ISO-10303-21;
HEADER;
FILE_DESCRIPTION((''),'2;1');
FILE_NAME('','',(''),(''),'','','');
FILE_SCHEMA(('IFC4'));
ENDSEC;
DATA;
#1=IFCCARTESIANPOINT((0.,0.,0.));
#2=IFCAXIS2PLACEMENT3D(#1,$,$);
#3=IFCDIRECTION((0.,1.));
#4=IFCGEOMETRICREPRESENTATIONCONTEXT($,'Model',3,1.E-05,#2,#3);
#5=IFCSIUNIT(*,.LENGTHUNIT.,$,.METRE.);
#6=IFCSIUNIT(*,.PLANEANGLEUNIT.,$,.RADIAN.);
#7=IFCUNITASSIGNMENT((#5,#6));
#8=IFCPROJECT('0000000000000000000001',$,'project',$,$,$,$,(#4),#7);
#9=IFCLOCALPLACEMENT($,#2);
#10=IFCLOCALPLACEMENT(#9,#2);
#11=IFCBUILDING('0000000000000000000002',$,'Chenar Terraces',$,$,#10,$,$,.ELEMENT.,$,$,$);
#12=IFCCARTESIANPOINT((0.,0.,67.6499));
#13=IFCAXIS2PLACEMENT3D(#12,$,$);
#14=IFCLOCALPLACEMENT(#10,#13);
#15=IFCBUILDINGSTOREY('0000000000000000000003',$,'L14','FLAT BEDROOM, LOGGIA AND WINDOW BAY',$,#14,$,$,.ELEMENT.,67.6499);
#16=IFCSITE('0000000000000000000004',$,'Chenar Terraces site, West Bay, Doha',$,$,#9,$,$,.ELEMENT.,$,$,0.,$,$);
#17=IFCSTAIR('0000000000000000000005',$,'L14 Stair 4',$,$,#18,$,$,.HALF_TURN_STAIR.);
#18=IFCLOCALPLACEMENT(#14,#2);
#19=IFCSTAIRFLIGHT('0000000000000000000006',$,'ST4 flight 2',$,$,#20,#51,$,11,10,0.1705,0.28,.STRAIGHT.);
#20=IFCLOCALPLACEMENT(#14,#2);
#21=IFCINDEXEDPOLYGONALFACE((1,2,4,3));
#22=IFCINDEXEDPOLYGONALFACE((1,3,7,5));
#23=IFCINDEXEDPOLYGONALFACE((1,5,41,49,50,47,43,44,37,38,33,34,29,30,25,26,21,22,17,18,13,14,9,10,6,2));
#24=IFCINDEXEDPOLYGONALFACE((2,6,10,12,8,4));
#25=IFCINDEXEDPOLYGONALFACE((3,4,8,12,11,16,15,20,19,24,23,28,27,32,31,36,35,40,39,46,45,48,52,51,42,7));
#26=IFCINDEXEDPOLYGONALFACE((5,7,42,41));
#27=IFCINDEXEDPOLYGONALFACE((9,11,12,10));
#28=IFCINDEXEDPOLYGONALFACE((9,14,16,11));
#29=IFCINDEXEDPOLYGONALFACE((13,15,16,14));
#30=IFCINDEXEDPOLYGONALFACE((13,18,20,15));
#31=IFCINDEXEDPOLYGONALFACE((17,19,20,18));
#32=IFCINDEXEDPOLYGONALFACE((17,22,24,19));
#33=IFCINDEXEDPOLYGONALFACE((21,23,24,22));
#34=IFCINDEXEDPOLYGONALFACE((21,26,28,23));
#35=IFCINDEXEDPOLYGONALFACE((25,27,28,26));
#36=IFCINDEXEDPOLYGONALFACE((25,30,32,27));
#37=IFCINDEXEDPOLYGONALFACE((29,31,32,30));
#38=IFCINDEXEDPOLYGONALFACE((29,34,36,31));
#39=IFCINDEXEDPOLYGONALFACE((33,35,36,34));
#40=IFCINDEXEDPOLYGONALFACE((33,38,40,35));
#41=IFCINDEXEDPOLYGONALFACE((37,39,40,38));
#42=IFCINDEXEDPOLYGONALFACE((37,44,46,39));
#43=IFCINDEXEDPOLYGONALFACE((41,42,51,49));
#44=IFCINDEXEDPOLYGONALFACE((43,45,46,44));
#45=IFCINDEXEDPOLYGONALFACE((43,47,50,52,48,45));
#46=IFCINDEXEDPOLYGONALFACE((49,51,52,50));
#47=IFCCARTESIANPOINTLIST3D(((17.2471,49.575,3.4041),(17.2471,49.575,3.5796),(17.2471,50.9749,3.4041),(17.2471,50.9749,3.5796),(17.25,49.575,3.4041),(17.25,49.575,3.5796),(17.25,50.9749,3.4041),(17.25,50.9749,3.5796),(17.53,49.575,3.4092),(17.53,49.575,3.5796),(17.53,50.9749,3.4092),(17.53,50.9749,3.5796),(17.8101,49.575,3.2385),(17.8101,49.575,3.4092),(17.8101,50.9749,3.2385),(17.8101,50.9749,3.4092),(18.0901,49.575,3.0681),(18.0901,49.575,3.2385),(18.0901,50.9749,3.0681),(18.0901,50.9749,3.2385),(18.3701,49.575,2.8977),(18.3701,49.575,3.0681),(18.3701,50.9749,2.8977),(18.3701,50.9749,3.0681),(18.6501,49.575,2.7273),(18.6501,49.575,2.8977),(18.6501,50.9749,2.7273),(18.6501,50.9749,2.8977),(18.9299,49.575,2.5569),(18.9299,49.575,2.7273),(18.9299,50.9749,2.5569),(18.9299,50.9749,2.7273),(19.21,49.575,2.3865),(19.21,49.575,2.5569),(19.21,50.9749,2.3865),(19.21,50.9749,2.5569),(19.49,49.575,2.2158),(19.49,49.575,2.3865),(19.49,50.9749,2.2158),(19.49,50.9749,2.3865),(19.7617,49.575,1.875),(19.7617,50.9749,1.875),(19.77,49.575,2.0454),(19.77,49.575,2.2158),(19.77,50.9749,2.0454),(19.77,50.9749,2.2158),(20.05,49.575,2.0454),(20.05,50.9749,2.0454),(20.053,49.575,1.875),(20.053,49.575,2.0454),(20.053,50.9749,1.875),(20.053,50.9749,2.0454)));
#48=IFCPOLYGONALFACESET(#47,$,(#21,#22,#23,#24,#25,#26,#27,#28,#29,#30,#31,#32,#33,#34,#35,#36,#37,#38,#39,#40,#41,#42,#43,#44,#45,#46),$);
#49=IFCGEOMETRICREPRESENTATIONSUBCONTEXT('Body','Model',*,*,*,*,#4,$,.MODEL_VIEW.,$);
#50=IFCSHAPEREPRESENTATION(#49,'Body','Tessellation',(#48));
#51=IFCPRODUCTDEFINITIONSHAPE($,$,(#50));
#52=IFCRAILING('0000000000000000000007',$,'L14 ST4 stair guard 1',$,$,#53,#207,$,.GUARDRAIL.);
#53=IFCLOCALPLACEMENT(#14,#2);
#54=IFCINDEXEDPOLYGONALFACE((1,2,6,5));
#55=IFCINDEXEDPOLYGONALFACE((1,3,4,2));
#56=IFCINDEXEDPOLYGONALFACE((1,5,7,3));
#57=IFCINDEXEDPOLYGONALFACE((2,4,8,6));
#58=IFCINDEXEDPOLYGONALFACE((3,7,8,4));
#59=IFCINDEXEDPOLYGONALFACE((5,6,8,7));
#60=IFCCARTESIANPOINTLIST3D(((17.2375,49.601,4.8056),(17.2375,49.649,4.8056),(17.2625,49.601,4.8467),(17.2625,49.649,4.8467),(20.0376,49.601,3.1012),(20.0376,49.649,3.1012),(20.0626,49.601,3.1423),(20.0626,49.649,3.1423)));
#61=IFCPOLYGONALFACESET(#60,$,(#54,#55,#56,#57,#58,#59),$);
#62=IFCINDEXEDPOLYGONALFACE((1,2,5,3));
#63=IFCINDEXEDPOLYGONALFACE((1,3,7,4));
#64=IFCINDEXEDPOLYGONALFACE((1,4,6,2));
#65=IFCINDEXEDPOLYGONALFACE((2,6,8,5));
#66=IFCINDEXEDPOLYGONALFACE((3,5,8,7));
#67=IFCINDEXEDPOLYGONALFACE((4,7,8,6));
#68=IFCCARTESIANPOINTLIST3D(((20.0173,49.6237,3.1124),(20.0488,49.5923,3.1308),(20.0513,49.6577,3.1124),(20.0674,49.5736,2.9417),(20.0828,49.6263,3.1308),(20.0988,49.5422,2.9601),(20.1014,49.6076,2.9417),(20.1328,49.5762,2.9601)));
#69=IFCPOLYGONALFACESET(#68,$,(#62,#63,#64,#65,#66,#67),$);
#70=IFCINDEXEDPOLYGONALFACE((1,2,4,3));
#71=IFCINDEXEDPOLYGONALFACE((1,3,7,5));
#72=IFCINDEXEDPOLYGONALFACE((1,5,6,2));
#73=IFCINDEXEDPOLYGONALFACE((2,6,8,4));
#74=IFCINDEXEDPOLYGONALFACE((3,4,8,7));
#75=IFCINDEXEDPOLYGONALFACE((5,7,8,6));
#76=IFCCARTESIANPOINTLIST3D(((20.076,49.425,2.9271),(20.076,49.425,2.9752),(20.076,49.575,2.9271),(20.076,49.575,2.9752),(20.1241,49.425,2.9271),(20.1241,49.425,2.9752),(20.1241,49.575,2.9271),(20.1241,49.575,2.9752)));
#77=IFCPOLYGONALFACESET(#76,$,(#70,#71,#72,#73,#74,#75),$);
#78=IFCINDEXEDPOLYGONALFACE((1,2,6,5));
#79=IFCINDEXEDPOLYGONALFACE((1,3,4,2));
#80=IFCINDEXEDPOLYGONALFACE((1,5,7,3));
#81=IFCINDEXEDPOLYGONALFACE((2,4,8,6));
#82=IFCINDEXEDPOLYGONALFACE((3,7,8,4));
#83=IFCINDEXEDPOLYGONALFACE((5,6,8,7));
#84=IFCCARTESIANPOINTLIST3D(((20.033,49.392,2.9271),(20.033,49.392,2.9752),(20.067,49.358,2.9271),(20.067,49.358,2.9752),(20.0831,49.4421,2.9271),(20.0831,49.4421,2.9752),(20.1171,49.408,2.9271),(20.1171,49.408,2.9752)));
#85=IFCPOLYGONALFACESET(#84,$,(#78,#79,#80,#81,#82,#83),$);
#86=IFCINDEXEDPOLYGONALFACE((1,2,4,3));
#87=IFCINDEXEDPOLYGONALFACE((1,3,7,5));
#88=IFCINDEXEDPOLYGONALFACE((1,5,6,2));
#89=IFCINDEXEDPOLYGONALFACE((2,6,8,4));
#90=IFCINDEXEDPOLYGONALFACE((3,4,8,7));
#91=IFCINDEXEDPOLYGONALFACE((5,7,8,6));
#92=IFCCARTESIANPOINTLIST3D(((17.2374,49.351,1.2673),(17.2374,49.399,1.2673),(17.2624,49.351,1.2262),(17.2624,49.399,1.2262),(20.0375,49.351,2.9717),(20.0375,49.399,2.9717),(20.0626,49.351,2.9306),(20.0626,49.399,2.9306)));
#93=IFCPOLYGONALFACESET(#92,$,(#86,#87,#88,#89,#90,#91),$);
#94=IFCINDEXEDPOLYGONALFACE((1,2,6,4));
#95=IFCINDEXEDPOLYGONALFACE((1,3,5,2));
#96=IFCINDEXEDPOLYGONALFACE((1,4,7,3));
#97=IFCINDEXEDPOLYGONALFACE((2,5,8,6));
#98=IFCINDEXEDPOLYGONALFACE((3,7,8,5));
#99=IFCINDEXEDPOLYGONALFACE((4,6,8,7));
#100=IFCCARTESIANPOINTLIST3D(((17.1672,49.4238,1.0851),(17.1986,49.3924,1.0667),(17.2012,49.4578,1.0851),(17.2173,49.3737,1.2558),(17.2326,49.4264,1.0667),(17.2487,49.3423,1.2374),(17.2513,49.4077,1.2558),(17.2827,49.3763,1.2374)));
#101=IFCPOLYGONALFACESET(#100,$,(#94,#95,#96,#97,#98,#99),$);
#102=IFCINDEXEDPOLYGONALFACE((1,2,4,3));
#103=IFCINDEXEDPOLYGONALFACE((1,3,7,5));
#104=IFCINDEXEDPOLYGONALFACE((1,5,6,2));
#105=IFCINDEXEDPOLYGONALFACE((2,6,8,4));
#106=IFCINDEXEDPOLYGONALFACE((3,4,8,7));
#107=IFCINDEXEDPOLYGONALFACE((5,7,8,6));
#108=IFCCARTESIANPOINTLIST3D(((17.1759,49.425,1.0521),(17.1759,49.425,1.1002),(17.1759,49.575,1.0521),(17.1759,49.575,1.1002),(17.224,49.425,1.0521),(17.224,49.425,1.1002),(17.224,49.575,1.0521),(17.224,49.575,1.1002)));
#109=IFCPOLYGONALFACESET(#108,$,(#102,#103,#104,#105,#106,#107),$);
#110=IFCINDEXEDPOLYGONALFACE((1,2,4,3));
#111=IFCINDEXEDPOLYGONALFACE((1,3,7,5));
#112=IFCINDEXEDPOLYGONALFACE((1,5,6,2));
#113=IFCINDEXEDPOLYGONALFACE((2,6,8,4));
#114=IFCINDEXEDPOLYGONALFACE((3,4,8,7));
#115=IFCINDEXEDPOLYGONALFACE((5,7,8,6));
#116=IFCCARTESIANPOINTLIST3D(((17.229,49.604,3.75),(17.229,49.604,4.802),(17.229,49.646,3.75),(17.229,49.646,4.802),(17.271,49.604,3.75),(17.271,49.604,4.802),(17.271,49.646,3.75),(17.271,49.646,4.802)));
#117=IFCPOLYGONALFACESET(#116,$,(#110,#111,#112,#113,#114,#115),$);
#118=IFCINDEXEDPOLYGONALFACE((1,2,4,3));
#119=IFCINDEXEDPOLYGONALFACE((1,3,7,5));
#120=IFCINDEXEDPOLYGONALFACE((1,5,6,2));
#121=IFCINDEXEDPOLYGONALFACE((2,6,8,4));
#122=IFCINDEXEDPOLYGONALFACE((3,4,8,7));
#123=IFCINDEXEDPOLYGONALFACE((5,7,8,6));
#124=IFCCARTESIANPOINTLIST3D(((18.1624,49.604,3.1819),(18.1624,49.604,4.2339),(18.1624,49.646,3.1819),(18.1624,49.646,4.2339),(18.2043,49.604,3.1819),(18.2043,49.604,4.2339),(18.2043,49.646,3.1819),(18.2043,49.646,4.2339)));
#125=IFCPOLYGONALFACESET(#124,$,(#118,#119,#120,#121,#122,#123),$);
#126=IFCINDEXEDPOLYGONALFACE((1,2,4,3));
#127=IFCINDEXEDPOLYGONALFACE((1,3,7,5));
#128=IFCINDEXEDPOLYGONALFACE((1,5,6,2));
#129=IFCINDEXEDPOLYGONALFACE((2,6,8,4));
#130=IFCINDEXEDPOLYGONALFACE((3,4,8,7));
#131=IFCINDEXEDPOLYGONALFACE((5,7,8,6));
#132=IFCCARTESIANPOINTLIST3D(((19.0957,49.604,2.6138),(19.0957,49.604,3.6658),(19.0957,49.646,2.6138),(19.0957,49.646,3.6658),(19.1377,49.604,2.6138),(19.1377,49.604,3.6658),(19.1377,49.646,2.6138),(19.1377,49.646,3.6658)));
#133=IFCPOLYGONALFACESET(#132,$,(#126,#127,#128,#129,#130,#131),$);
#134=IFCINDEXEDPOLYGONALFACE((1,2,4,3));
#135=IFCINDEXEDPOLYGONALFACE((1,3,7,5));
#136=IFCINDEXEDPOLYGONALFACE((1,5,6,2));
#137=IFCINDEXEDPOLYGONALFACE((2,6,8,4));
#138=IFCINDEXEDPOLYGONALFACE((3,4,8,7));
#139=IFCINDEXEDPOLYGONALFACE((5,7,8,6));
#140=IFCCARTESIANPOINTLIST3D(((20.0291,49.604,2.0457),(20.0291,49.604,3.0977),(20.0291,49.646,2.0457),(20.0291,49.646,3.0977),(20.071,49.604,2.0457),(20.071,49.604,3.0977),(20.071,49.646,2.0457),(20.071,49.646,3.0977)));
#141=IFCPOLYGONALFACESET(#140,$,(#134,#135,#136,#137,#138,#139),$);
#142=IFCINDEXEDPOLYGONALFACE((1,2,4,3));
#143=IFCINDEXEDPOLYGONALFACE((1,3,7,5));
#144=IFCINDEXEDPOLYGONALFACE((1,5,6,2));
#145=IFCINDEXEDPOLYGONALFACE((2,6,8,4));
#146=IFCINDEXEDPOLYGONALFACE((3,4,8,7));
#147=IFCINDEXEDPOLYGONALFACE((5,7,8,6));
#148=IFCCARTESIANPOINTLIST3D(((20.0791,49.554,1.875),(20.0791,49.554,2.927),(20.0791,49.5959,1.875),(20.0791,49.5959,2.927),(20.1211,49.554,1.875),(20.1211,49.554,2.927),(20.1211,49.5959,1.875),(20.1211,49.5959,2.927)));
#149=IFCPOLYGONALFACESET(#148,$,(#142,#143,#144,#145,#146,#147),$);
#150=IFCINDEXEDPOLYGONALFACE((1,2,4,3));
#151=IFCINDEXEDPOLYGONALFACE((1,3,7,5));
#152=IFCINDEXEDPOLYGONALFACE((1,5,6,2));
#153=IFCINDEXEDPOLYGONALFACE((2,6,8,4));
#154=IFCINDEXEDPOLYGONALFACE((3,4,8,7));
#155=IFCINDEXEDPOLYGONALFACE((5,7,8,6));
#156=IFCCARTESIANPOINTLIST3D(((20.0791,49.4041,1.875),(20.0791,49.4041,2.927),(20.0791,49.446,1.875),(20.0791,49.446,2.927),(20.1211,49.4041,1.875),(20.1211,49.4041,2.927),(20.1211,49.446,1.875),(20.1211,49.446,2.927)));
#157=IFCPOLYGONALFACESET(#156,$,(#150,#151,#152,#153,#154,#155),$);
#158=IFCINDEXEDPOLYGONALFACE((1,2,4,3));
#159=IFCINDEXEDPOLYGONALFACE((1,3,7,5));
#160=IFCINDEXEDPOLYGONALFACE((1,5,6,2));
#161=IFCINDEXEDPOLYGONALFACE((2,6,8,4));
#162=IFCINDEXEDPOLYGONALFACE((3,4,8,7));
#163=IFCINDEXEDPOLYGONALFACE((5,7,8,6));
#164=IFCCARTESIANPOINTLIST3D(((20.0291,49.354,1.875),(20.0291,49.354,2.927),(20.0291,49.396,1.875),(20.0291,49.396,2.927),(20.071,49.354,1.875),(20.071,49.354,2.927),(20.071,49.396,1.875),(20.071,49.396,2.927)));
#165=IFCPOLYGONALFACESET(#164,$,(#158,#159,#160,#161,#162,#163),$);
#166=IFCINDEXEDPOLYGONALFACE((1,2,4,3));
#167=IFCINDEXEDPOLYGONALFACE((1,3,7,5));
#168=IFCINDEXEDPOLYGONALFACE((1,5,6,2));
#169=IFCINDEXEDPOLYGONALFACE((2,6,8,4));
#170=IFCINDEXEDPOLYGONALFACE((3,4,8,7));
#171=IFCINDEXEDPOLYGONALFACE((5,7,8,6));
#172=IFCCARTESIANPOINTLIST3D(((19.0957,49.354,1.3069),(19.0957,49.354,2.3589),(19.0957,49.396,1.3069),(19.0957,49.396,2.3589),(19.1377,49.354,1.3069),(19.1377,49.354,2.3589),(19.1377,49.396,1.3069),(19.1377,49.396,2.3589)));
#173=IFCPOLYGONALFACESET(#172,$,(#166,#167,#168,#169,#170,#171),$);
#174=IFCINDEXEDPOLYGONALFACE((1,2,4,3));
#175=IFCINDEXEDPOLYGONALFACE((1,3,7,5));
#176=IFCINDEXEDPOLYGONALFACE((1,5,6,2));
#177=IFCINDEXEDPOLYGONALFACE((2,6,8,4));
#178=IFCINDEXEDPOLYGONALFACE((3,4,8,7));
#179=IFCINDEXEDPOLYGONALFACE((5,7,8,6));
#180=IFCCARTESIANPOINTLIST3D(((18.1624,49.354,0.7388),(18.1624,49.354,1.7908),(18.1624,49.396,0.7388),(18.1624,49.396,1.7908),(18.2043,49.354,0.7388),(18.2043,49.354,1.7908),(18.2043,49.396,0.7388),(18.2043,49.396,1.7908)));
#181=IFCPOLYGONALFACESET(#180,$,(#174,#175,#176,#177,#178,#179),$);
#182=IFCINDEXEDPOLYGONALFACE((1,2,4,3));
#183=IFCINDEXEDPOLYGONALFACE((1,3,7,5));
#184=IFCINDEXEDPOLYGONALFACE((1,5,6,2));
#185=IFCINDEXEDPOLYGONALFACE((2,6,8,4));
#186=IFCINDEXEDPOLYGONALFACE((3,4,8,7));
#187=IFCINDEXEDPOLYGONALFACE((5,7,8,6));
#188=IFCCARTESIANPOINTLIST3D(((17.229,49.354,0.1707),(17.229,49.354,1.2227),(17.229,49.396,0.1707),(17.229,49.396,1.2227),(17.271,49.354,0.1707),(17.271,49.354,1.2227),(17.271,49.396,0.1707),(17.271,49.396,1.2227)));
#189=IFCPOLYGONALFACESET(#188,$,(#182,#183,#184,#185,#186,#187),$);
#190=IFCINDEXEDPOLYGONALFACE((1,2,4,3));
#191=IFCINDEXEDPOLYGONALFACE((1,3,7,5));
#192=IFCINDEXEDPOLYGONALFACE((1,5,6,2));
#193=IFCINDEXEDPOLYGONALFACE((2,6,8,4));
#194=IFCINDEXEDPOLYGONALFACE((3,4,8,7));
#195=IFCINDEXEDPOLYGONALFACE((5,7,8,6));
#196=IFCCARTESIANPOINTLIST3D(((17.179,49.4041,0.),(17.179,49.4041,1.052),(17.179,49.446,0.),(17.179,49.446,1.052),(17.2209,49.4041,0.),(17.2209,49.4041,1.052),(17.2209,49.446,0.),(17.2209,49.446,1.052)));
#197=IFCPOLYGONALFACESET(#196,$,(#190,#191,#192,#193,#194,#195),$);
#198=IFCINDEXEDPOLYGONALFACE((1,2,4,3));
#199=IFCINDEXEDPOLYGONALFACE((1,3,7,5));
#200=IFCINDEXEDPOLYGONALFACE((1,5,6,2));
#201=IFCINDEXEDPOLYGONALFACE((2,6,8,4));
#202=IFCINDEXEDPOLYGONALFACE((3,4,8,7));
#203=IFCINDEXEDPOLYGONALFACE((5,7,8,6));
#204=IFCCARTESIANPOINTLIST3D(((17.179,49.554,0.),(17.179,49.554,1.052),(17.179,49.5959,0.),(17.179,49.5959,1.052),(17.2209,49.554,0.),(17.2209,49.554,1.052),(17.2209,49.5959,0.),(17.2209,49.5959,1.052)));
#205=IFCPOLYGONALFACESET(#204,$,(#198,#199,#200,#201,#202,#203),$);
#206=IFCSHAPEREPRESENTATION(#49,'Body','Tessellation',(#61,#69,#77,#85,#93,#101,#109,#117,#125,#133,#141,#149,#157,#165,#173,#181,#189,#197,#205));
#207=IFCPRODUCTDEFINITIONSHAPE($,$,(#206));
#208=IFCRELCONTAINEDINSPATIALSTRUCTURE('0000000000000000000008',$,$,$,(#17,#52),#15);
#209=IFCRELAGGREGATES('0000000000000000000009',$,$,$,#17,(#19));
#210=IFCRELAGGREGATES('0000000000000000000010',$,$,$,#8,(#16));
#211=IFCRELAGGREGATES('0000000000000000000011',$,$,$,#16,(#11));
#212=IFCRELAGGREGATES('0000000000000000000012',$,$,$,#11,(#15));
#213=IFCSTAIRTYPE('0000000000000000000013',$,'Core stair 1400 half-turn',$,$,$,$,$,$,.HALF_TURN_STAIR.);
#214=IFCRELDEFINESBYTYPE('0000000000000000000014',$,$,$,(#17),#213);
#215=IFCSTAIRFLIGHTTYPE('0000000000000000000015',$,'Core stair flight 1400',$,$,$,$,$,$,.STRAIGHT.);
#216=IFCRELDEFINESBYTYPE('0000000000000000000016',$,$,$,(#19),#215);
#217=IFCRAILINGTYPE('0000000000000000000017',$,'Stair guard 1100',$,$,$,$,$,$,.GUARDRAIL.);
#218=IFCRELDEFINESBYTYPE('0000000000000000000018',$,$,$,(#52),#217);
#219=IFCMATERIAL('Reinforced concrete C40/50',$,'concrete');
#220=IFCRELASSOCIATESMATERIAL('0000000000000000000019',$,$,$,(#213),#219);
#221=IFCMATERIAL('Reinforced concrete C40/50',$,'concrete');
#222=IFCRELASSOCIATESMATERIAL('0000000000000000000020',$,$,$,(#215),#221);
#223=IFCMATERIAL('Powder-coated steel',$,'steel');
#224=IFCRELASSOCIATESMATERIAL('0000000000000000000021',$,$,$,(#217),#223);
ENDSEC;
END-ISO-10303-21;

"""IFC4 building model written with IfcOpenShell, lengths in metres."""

from ifc_helpers import new_model, si_unit, direction, frame, origin, origin_2d, place, context, subcontext, project, spatial, polyline, rectangle, outline, extrude, material, type_object, element, aggregate, save


model = new_model("IFC4")

# Units and contexts
model_context = context("Model", 3, precision=1e-05, world=origin(), true_north=direction((0.0, 1.0)))
body_context = subcontext(model_context, "Body", "Model", "MODEL_VIEW")
ifc_project = project(units=[si_unit("LENGTHUNIT", "METRE"), si_unit("PLANEANGLEUNIT", "RADIAN")], contexts=[model_context])

# Site, building, storey
site_placement = place(None, origin())
site = spatial("IfcSite", under=ifc_project, at=site_placement, Name="Chenar Terraces site, West Bay, Doha", CompositionType="ELEMENT", RefElevation=0.0)
building_placement = place(site_placement, origin())
building = spatial("IfcBuilding", under=site, at=building_placement, Name="Chenar Terraces", CompositionType="ELEMENT")
storey_placement = place(building_placement, frame((0.0, 0.0, 67.6499)))
storey = spatial("IfcBuildingStorey", under=building, at=storey_placement, Name="L14", Description="FLAT BEDROOM, LOGGIA AND WINDOW BAY", CompositionType="ELEMENT", Elevation=67.6499)

# Stair, stair flight
ifc_material_1 = material(Name="Reinforced concrete C40/50", Category="concrete")
stair_type = type_object("IfcStairType", Name="Core stair 1400 half-turn", PredefinedType="HALF_TURN_STAIR", material=ifc_material_1)
stair_placement = place(storey_placement, origin())
stair = element("IfcStair", 1, at=stair_placement, inside=storey, type_object=stair_type, Name="L14 Stair 4", PredefinedType="HALF_TURN_STAIR")
ifc_material_2 = material(Name="Reinforced concrete C40/50", Category="concrete")
stair_flight_type = type_object("IfcStairFlightType", Name="Core stair flight 1400", PredefinedType="STRAIGHT", material=ifc_material_2)
stair_flight_1_placement = place(storey_placement, frame((20.05, 50.2749, 1.875), z_axis=(0.0, 0.0, 1.0), x_axis=(-1.0, 0.0, 0.0)))
stair_flight_1 = element("IfcStairFlight", 2, at=stair_flight_1_placement, type_object=stair_flight_type, Name="ST4 flight 2", NumberOfRisers=11, NumberOfTreads=10, PredefinedType="STRAIGHT", RiserHeight=0.1705, TreadLength=0.28, context=body_context, shape_type="SweptSolid", body=[
    extrude(outline(polyline([(-0.0029, 0.0), (-0.0029, 0.1704), (0.0, 0.1704), (0.28, 0.1704), (0.28, 0.3408), (0.5601, 0.3408), (0.5601, 0.5115), (0.8401, 0.5115), (0.8401, 0.6819), (1.1201, 0.6819), (1.1201, 0.8523), (1.3999, 0.8523), (1.3999, 1.0227), (1.6799, 1.0227), (1.6799, 1.1931), (1.96, 1.1931), (1.96, 1.3635), (2.24, 1.3635), (2.24, 1.5342), (2.52, 1.5342), (2.52, 1.7046), (2.8, 1.7046), (2.803, 1.7046), (2.803, 1.5291), (2.8, 1.5291), (0.2883, 0.0), (-0.0029, 0.0)])), frame((0.0, 0.7, 0.0), z_axis=(0.0, -1.0, 0.0), x_axis=(1.0, 0.0, 0.0)), (0.0, 0.0, 1.0), 1.3999),
])
aggregate(stair, [stair_flight_1])

# Railing
ifc_material_3 = material(Name="Powder-coated steel", Category="steel")
railing_type_1 = type_object("IfcRailingType", Name="Stair guard 1100", PredefinedType="GUARDRAIL", material=ifc_material_3)
railing_1_placement = place(storey_placement, frame((17.25, 49.625, 3.75)))
element("IfcRailing", 3, at=railing_1_placement, inside=storey, type_object=railing_type_1, Name="L14 ST4 stair guard 1", PredefinedType="GUARDRAIL", context=body_context, shape_type="SweptSolid", body=[
    extrude(rectangle(XDim=0.0481, YDim=0.0481, at=origin_2d()), frame((0.0, 0.0, 1.0762), z_axis=(0.854203, 0.0, -0.51994), x_axis=(0.0, 1.0, 0.0)), (0.0, 0.0, 1.0), 3.2781),
    extrude(rectangle(XDim=0.0481, YDim=0.0481, at=origin_2d()), frame((2.8, 0.0, -0.6284), z_axis=(0.2709, -0.2709, -0.923703), x_axis=(0.707107, 0.707107, 0.0)), (0.0, 0.0, 1.0), 0.1848),
    extrude(rectangle(XDim=0.0481, YDim=0.0481, at=origin_2d()), frame((2.8501, -0.05, -0.7988), z_axis=(0.0, -1.0, 0.0), x_axis=(1.0, 0.0, 0.0)), (0.0, 0.0, 1.0), 0.1499),
    extrude(rectangle(XDim=0.0481, YDim=0.0481, at=origin_2d()), frame((2.8501, -0.2, -0.7988), z_axis=(-0.707107, -0.707107, 0.0), x_axis=(0.707107, -0.707107, 0.0)), (0.0, 0.0, 1.0), 0.0708),
    extrude(rectangle(XDim=0.0481, YDim=0.0481, at=origin_2d()), frame((2.8, -0.25, -0.7988), z_axis=(-0.854203, 0.0, -0.51994), x_axis=(0.0, -1.0, 0.0)), (0.0, 0.0, 1.0), 3.2781),
    extrude(rectangle(XDim=0.0481, YDim=0.0481, at=origin_2d()), frame((0.0, -0.25, -2.5034), z_axis=(-0.2709, 0.2709, -0.923703), x_axis=(-0.707107, -0.707107, 0.0)), (0.0, 0.0, 1.0), 0.1848),
    extrude(rectangle(XDim=0.0481, YDim=0.0481, at=origin_2d()), frame((-0.05, -0.2, -2.6738), z_axis=(0.0, 1.0, 0.0), x_axis=(-1.0, 0.0, 0.0)), (0.0, 0.0, 1.0), 0.1499),
    extrude(rectangle(XDim=0.042, YDim=0.042, at=origin_2d()), origin(), (0.0, 0.0, 1.0), 1.052),
    extrude(rectangle(XDim=0.042, YDim=0.042, at=origin_2d()), frame((0.9333, 0.0, -0.5681)), (0.0, 0.0, 1.0), 1.052),
    extrude(rectangle(XDim=0.042, YDim=0.042, at=origin_2d()), frame((1.8667, 0.0, -1.1362)), (0.0, 0.0, 1.0), 1.052),
    extrude(rectangle(XDim=0.042, YDim=0.042, at=origin_2d()), frame((2.8, 0.0, -1.7043)), (0.0, 0.0, 1.0), 1.052),
    extrude(rectangle(XDim=0.042, YDim=0.042, at=origin_2d()), frame((2.8501, -0.05, -1.875)), (0.0, 0.0, 1.0), 1.052),
    extrude(rectangle(XDim=0.042, YDim=0.042, at=origin_2d()), frame((2.8501, -0.2, -1.875)), (0.0, 0.0, 1.0), 1.052),
    extrude(rectangle(XDim=0.042, YDim=0.042, at=origin_2d()), frame((2.8, -0.25, -1.875)), (0.0, 0.0, 1.0), 1.052),
    extrude(rectangle(XDim=0.042, YDim=0.042, at=origin_2d()), frame((1.8667, -0.25, -2.4431)), (0.0, 0.0, 1.0), 1.052),
    extrude(rectangle(XDim=0.042, YDim=0.042, at=origin_2d()), frame((0.9333, -0.25, -3.0112)), (0.0, 0.0, 1.0), 1.052),
    extrude(rectangle(XDim=0.042, YDim=0.042, at=origin_2d()), frame((0.0, -0.25, -3.5793)), (0.0, 0.0, 1.0), 1.052),
    extrude(rectangle(XDim=0.042, YDim=0.042, at=origin_2d()), frame((-0.05, -0.2, -3.75)), (0.0, 0.0, 1.0), 1.052),
    extrude(rectangle(XDim=0.042, YDim=0.042, at=origin_2d()), frame((-0.05, -0.05, -3.75)), (0.0, 0.0, 1.0), 1.052),
])

save(model, "model.ifc")
